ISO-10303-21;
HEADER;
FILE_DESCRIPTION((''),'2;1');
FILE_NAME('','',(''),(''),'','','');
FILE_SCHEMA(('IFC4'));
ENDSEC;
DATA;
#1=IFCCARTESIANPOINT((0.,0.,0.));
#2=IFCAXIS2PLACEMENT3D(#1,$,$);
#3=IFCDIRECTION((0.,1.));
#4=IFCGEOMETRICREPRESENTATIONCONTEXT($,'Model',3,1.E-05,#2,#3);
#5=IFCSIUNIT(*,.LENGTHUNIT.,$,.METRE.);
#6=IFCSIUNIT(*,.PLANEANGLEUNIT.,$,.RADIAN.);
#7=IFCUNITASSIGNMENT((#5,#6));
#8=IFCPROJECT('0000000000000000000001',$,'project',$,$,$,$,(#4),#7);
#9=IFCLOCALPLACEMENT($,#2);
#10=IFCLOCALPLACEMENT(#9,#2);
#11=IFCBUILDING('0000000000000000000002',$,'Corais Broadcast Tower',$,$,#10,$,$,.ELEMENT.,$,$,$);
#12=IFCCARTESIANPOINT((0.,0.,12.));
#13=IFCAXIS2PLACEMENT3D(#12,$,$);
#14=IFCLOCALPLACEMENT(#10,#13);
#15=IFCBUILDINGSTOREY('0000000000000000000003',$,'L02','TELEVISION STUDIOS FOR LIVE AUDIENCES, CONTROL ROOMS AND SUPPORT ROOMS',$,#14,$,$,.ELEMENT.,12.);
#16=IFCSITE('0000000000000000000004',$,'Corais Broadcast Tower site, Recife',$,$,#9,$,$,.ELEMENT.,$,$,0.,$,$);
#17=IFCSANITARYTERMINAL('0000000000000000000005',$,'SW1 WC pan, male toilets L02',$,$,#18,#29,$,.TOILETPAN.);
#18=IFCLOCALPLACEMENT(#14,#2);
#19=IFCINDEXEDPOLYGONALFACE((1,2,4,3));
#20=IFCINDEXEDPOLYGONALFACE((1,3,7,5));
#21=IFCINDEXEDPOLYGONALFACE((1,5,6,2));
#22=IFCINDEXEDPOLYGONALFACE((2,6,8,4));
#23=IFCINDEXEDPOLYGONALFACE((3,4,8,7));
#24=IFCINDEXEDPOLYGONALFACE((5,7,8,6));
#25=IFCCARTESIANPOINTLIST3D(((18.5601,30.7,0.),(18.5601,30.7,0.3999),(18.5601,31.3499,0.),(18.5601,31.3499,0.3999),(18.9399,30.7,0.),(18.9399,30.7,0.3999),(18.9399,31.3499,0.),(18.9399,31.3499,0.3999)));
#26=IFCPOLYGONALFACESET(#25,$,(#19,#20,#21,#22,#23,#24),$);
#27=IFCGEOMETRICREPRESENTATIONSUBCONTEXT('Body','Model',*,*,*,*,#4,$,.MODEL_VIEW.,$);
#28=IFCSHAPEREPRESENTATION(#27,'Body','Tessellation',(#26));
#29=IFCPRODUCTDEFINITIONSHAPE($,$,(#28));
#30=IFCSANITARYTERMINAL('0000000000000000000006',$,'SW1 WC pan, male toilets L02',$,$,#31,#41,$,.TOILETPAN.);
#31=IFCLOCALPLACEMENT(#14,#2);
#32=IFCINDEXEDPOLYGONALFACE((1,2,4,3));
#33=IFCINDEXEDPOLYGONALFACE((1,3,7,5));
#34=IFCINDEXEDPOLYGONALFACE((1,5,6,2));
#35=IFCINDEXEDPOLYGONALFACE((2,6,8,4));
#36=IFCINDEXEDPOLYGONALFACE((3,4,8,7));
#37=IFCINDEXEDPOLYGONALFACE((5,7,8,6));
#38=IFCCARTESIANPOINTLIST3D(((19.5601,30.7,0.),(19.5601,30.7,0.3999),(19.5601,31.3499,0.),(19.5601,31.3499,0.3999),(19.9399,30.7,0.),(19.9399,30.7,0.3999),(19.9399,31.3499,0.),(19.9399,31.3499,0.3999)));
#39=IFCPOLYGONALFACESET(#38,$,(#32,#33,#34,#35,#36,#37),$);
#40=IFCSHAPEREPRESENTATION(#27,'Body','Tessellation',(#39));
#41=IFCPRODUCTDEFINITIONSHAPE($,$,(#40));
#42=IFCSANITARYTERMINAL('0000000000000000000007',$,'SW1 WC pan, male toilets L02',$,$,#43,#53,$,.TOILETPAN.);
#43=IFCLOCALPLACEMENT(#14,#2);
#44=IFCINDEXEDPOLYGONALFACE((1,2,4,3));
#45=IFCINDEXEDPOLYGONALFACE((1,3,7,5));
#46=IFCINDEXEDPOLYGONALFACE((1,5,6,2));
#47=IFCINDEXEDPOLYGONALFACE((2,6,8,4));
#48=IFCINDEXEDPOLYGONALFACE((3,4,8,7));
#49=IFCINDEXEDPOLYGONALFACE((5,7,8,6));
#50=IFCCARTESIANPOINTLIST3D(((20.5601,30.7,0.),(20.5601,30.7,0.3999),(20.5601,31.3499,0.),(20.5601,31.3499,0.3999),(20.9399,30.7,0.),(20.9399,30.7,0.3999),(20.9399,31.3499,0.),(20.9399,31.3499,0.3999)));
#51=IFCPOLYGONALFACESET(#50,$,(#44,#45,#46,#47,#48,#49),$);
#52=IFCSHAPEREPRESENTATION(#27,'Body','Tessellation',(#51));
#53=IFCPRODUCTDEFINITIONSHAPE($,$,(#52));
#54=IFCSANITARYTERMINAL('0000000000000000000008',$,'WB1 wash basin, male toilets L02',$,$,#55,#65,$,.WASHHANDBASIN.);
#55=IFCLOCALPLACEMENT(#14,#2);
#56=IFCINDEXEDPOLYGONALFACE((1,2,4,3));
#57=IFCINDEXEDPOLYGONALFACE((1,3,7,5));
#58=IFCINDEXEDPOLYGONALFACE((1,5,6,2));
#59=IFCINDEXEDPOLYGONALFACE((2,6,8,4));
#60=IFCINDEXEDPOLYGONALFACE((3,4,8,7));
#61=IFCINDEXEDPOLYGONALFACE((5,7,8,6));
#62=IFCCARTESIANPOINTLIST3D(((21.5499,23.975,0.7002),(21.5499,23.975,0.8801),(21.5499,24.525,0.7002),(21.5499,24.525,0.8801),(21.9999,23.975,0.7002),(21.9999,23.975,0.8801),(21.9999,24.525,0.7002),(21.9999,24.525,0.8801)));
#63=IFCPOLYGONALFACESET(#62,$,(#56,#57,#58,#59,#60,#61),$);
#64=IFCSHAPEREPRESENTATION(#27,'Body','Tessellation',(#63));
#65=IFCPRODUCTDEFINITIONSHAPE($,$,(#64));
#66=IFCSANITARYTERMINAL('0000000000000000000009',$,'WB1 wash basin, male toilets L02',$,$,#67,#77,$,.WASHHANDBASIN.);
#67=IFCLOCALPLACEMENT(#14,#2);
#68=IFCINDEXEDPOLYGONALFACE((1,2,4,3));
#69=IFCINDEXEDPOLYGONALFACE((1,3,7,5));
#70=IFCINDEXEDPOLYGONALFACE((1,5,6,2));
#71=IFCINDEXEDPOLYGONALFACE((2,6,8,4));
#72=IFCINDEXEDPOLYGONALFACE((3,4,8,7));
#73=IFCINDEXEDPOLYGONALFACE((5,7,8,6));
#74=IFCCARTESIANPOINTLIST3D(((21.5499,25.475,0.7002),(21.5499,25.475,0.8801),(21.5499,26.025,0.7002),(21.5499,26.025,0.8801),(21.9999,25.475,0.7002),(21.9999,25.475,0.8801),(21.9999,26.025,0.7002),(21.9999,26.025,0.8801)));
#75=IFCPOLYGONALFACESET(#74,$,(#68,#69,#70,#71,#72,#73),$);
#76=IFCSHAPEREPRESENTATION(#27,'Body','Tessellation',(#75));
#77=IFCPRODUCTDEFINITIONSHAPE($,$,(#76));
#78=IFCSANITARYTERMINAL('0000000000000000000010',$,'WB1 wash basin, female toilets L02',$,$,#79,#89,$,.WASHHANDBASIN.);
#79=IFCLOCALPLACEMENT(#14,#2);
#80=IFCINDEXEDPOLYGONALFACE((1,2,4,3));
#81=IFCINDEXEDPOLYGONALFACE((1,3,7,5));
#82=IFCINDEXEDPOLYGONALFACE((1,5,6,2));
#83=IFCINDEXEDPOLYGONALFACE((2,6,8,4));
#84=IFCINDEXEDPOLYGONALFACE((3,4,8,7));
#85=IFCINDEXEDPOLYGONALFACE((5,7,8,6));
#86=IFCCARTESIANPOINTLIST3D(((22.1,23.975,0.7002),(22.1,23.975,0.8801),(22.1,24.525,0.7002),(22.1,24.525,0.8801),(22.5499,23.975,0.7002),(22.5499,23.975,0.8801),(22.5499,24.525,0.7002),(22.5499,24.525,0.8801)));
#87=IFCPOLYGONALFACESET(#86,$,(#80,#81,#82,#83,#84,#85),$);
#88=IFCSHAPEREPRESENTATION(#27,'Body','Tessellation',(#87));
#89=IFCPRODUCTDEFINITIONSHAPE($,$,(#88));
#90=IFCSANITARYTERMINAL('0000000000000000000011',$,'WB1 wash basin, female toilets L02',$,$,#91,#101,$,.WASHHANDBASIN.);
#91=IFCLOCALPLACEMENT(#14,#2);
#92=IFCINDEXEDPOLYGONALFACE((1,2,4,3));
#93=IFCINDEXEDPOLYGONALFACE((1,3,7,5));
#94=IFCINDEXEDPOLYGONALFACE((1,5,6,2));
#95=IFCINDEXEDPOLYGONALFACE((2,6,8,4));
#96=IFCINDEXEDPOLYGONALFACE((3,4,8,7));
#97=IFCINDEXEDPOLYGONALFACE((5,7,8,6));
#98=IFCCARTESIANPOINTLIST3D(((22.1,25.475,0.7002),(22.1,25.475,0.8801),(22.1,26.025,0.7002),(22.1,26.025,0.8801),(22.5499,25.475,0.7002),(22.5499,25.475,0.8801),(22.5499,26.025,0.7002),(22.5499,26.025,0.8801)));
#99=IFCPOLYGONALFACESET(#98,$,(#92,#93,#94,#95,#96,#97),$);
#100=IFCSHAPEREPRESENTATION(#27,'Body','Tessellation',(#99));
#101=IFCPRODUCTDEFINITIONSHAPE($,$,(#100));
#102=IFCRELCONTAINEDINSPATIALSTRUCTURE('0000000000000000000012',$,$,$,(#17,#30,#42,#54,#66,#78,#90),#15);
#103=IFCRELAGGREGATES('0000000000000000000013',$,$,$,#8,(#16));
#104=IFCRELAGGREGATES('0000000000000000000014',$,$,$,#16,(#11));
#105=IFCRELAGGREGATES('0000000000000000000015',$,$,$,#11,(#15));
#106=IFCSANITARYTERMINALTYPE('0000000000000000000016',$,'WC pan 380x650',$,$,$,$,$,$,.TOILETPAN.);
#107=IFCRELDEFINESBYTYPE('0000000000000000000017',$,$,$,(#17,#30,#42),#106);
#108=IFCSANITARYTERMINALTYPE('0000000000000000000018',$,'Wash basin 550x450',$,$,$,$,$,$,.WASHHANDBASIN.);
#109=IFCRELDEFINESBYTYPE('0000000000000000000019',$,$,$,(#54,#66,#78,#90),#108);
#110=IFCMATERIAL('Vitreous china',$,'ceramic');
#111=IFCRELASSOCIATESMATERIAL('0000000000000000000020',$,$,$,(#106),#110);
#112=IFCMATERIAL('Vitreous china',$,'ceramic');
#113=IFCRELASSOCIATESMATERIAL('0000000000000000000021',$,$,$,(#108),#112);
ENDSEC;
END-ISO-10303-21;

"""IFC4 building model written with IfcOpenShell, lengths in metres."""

from ifc_helpers import new_model, si_unit, direction, frame, origin, origin_2d, place, context, subcontext, project, spatial, rectangle, extrude, material, type_object, element, save


model = new_model("IFC4")

# Units and contexts
model_context = context("Model", 3, precision=1e-05, world=origin(), true_north=direction((0.0, 1.0)))
body_context = subcontext(model_context, "Body", "Model", "MODEL_VIEW")
ifc_project = project(units=[si_unit("LENGTHUNIT", "METRE"), si_unit("PLANEANGLEUNIT", "RADIAN")], contexts=[model_context])

# Site, building, storey
site_placement = place(None, origin())
site = spatial("IfcSite", under=ifc_project, at=site_placement, Name="Corais Broadcast Tower site, Recife", CompositionType="ELEMENT", RefElevation=0.0)
building_placement = place(site_placement, origin())
building = spatial("IfcBuilding", under=site, at=building_placement, Name="Corais Broadcast Tower", CompositionType="ELEMENT")
storey_placement = place(building_placement, frame((0.0, 0.0, 12.0)))
storey = spatial("IfcBuildingStorey", under=building, at=storey_placement, Name="L02", Description="TELEVISION STUDIOS FOR LIVE AUDIENCES, CONTROL ROOMS AND SUPPORT ROOMS", CompositionType="ELEMENT", Elevation=12.0)

# Sanitary terminals
ifc_material_1 = material(Name="Vitreous china", Category="ceramic")
sanitary_terminal_type_1 = type_object("IfcSanitaryTerminalType", Name="WC pan 380x650", PredefinedType="TOILETPAN", material=ifc_material_1)
for number, where, z_axis, x_axis, name in (
    (1, (18.75, 31.0249, 0.0), (0.0, 0.0, 1.0), (1.0, 0.0, 0.0), "SW1 WC pan, male toilets L02"),
    (2, (19.75, 31.0249, 0.0), (0.0, 0.0, 1.0), (1.0, 0.0, 0.0), "SW1 WC pan, male toilets L02"),
    (3, (20.75, 31.0249, 0.0), (0.0, 0.0, 1.0), (1.0, 0.0, 0.0), "SW1 WC pan, male toilets L02"),
):
    element("IfcSanitaryTerminal", number, at=place(storey_placement, frame(where, z_axis=z_axis, x_axis=x_axis)), inside=storey, type_object=sanitary_terminal_type_1, Name=name, PredefinedType="TOILETPAN", context=body_context, shape_type="SweptSolid", body=[
        extrude(rectangle(XDim=0.3799, YDim=0.6499, at=origin_2d()), origin(), (0.0, 0.0, 1.0), 0.3999),
    ])
ifc_material_2 = material(Name="Vitreous china", Category="ceramic")
sanitary_terminal_type_2 = type_object("IfcSanitaryTerminalType", Name="Wash basin 550x450", PredefinedType="WASHHANDBASIN", material=ifc_material_2)
for number, where, z_axis, x_axis, name in (
    (4, (21.7749, 24.25, 0.7002), (0.0, 0.0, 1.0), (1.0, 0.0, 0.0), "WB1 wash basin, male toilets L02"),
    (5, (21.7749, 25.75, 0.7002), (0.0, 0.0, 1.0), (1.0, 0.0, 0.0), "WB1 wash basin, male toilets L02"),
    (6, (22.325, 24.25, 0.7002), (0.0, 0.0, 1.0), (1.0, 0.0, 0.0), "WB1 wash basin, female toilets L02"),
    (7, (22.325, 25.75, 0.7002), (0.0, 0.0, 1.0), (1.0, 0.0, 0.0), "WB1 wash basin, female toilets L02"),
):
    element("IfcSanitaryTerminal", number, at=place(storey_placement, frame(where, z_axis=z_axis, x_axis=x_axis)), inside=storey, type_object=sanitary_terminal_type_2, Name=name, PredefinedType="WASHHANDBASIN", context=body_context, shape_type="SweptSolid", body=[
        extrude(rectangle(XDim=0.45, YDim=0.55, at=origin_2d()), origin(), (0.0, 0.0, 1.0), 0.1799),
    ])

save(model, "model.ifc")
